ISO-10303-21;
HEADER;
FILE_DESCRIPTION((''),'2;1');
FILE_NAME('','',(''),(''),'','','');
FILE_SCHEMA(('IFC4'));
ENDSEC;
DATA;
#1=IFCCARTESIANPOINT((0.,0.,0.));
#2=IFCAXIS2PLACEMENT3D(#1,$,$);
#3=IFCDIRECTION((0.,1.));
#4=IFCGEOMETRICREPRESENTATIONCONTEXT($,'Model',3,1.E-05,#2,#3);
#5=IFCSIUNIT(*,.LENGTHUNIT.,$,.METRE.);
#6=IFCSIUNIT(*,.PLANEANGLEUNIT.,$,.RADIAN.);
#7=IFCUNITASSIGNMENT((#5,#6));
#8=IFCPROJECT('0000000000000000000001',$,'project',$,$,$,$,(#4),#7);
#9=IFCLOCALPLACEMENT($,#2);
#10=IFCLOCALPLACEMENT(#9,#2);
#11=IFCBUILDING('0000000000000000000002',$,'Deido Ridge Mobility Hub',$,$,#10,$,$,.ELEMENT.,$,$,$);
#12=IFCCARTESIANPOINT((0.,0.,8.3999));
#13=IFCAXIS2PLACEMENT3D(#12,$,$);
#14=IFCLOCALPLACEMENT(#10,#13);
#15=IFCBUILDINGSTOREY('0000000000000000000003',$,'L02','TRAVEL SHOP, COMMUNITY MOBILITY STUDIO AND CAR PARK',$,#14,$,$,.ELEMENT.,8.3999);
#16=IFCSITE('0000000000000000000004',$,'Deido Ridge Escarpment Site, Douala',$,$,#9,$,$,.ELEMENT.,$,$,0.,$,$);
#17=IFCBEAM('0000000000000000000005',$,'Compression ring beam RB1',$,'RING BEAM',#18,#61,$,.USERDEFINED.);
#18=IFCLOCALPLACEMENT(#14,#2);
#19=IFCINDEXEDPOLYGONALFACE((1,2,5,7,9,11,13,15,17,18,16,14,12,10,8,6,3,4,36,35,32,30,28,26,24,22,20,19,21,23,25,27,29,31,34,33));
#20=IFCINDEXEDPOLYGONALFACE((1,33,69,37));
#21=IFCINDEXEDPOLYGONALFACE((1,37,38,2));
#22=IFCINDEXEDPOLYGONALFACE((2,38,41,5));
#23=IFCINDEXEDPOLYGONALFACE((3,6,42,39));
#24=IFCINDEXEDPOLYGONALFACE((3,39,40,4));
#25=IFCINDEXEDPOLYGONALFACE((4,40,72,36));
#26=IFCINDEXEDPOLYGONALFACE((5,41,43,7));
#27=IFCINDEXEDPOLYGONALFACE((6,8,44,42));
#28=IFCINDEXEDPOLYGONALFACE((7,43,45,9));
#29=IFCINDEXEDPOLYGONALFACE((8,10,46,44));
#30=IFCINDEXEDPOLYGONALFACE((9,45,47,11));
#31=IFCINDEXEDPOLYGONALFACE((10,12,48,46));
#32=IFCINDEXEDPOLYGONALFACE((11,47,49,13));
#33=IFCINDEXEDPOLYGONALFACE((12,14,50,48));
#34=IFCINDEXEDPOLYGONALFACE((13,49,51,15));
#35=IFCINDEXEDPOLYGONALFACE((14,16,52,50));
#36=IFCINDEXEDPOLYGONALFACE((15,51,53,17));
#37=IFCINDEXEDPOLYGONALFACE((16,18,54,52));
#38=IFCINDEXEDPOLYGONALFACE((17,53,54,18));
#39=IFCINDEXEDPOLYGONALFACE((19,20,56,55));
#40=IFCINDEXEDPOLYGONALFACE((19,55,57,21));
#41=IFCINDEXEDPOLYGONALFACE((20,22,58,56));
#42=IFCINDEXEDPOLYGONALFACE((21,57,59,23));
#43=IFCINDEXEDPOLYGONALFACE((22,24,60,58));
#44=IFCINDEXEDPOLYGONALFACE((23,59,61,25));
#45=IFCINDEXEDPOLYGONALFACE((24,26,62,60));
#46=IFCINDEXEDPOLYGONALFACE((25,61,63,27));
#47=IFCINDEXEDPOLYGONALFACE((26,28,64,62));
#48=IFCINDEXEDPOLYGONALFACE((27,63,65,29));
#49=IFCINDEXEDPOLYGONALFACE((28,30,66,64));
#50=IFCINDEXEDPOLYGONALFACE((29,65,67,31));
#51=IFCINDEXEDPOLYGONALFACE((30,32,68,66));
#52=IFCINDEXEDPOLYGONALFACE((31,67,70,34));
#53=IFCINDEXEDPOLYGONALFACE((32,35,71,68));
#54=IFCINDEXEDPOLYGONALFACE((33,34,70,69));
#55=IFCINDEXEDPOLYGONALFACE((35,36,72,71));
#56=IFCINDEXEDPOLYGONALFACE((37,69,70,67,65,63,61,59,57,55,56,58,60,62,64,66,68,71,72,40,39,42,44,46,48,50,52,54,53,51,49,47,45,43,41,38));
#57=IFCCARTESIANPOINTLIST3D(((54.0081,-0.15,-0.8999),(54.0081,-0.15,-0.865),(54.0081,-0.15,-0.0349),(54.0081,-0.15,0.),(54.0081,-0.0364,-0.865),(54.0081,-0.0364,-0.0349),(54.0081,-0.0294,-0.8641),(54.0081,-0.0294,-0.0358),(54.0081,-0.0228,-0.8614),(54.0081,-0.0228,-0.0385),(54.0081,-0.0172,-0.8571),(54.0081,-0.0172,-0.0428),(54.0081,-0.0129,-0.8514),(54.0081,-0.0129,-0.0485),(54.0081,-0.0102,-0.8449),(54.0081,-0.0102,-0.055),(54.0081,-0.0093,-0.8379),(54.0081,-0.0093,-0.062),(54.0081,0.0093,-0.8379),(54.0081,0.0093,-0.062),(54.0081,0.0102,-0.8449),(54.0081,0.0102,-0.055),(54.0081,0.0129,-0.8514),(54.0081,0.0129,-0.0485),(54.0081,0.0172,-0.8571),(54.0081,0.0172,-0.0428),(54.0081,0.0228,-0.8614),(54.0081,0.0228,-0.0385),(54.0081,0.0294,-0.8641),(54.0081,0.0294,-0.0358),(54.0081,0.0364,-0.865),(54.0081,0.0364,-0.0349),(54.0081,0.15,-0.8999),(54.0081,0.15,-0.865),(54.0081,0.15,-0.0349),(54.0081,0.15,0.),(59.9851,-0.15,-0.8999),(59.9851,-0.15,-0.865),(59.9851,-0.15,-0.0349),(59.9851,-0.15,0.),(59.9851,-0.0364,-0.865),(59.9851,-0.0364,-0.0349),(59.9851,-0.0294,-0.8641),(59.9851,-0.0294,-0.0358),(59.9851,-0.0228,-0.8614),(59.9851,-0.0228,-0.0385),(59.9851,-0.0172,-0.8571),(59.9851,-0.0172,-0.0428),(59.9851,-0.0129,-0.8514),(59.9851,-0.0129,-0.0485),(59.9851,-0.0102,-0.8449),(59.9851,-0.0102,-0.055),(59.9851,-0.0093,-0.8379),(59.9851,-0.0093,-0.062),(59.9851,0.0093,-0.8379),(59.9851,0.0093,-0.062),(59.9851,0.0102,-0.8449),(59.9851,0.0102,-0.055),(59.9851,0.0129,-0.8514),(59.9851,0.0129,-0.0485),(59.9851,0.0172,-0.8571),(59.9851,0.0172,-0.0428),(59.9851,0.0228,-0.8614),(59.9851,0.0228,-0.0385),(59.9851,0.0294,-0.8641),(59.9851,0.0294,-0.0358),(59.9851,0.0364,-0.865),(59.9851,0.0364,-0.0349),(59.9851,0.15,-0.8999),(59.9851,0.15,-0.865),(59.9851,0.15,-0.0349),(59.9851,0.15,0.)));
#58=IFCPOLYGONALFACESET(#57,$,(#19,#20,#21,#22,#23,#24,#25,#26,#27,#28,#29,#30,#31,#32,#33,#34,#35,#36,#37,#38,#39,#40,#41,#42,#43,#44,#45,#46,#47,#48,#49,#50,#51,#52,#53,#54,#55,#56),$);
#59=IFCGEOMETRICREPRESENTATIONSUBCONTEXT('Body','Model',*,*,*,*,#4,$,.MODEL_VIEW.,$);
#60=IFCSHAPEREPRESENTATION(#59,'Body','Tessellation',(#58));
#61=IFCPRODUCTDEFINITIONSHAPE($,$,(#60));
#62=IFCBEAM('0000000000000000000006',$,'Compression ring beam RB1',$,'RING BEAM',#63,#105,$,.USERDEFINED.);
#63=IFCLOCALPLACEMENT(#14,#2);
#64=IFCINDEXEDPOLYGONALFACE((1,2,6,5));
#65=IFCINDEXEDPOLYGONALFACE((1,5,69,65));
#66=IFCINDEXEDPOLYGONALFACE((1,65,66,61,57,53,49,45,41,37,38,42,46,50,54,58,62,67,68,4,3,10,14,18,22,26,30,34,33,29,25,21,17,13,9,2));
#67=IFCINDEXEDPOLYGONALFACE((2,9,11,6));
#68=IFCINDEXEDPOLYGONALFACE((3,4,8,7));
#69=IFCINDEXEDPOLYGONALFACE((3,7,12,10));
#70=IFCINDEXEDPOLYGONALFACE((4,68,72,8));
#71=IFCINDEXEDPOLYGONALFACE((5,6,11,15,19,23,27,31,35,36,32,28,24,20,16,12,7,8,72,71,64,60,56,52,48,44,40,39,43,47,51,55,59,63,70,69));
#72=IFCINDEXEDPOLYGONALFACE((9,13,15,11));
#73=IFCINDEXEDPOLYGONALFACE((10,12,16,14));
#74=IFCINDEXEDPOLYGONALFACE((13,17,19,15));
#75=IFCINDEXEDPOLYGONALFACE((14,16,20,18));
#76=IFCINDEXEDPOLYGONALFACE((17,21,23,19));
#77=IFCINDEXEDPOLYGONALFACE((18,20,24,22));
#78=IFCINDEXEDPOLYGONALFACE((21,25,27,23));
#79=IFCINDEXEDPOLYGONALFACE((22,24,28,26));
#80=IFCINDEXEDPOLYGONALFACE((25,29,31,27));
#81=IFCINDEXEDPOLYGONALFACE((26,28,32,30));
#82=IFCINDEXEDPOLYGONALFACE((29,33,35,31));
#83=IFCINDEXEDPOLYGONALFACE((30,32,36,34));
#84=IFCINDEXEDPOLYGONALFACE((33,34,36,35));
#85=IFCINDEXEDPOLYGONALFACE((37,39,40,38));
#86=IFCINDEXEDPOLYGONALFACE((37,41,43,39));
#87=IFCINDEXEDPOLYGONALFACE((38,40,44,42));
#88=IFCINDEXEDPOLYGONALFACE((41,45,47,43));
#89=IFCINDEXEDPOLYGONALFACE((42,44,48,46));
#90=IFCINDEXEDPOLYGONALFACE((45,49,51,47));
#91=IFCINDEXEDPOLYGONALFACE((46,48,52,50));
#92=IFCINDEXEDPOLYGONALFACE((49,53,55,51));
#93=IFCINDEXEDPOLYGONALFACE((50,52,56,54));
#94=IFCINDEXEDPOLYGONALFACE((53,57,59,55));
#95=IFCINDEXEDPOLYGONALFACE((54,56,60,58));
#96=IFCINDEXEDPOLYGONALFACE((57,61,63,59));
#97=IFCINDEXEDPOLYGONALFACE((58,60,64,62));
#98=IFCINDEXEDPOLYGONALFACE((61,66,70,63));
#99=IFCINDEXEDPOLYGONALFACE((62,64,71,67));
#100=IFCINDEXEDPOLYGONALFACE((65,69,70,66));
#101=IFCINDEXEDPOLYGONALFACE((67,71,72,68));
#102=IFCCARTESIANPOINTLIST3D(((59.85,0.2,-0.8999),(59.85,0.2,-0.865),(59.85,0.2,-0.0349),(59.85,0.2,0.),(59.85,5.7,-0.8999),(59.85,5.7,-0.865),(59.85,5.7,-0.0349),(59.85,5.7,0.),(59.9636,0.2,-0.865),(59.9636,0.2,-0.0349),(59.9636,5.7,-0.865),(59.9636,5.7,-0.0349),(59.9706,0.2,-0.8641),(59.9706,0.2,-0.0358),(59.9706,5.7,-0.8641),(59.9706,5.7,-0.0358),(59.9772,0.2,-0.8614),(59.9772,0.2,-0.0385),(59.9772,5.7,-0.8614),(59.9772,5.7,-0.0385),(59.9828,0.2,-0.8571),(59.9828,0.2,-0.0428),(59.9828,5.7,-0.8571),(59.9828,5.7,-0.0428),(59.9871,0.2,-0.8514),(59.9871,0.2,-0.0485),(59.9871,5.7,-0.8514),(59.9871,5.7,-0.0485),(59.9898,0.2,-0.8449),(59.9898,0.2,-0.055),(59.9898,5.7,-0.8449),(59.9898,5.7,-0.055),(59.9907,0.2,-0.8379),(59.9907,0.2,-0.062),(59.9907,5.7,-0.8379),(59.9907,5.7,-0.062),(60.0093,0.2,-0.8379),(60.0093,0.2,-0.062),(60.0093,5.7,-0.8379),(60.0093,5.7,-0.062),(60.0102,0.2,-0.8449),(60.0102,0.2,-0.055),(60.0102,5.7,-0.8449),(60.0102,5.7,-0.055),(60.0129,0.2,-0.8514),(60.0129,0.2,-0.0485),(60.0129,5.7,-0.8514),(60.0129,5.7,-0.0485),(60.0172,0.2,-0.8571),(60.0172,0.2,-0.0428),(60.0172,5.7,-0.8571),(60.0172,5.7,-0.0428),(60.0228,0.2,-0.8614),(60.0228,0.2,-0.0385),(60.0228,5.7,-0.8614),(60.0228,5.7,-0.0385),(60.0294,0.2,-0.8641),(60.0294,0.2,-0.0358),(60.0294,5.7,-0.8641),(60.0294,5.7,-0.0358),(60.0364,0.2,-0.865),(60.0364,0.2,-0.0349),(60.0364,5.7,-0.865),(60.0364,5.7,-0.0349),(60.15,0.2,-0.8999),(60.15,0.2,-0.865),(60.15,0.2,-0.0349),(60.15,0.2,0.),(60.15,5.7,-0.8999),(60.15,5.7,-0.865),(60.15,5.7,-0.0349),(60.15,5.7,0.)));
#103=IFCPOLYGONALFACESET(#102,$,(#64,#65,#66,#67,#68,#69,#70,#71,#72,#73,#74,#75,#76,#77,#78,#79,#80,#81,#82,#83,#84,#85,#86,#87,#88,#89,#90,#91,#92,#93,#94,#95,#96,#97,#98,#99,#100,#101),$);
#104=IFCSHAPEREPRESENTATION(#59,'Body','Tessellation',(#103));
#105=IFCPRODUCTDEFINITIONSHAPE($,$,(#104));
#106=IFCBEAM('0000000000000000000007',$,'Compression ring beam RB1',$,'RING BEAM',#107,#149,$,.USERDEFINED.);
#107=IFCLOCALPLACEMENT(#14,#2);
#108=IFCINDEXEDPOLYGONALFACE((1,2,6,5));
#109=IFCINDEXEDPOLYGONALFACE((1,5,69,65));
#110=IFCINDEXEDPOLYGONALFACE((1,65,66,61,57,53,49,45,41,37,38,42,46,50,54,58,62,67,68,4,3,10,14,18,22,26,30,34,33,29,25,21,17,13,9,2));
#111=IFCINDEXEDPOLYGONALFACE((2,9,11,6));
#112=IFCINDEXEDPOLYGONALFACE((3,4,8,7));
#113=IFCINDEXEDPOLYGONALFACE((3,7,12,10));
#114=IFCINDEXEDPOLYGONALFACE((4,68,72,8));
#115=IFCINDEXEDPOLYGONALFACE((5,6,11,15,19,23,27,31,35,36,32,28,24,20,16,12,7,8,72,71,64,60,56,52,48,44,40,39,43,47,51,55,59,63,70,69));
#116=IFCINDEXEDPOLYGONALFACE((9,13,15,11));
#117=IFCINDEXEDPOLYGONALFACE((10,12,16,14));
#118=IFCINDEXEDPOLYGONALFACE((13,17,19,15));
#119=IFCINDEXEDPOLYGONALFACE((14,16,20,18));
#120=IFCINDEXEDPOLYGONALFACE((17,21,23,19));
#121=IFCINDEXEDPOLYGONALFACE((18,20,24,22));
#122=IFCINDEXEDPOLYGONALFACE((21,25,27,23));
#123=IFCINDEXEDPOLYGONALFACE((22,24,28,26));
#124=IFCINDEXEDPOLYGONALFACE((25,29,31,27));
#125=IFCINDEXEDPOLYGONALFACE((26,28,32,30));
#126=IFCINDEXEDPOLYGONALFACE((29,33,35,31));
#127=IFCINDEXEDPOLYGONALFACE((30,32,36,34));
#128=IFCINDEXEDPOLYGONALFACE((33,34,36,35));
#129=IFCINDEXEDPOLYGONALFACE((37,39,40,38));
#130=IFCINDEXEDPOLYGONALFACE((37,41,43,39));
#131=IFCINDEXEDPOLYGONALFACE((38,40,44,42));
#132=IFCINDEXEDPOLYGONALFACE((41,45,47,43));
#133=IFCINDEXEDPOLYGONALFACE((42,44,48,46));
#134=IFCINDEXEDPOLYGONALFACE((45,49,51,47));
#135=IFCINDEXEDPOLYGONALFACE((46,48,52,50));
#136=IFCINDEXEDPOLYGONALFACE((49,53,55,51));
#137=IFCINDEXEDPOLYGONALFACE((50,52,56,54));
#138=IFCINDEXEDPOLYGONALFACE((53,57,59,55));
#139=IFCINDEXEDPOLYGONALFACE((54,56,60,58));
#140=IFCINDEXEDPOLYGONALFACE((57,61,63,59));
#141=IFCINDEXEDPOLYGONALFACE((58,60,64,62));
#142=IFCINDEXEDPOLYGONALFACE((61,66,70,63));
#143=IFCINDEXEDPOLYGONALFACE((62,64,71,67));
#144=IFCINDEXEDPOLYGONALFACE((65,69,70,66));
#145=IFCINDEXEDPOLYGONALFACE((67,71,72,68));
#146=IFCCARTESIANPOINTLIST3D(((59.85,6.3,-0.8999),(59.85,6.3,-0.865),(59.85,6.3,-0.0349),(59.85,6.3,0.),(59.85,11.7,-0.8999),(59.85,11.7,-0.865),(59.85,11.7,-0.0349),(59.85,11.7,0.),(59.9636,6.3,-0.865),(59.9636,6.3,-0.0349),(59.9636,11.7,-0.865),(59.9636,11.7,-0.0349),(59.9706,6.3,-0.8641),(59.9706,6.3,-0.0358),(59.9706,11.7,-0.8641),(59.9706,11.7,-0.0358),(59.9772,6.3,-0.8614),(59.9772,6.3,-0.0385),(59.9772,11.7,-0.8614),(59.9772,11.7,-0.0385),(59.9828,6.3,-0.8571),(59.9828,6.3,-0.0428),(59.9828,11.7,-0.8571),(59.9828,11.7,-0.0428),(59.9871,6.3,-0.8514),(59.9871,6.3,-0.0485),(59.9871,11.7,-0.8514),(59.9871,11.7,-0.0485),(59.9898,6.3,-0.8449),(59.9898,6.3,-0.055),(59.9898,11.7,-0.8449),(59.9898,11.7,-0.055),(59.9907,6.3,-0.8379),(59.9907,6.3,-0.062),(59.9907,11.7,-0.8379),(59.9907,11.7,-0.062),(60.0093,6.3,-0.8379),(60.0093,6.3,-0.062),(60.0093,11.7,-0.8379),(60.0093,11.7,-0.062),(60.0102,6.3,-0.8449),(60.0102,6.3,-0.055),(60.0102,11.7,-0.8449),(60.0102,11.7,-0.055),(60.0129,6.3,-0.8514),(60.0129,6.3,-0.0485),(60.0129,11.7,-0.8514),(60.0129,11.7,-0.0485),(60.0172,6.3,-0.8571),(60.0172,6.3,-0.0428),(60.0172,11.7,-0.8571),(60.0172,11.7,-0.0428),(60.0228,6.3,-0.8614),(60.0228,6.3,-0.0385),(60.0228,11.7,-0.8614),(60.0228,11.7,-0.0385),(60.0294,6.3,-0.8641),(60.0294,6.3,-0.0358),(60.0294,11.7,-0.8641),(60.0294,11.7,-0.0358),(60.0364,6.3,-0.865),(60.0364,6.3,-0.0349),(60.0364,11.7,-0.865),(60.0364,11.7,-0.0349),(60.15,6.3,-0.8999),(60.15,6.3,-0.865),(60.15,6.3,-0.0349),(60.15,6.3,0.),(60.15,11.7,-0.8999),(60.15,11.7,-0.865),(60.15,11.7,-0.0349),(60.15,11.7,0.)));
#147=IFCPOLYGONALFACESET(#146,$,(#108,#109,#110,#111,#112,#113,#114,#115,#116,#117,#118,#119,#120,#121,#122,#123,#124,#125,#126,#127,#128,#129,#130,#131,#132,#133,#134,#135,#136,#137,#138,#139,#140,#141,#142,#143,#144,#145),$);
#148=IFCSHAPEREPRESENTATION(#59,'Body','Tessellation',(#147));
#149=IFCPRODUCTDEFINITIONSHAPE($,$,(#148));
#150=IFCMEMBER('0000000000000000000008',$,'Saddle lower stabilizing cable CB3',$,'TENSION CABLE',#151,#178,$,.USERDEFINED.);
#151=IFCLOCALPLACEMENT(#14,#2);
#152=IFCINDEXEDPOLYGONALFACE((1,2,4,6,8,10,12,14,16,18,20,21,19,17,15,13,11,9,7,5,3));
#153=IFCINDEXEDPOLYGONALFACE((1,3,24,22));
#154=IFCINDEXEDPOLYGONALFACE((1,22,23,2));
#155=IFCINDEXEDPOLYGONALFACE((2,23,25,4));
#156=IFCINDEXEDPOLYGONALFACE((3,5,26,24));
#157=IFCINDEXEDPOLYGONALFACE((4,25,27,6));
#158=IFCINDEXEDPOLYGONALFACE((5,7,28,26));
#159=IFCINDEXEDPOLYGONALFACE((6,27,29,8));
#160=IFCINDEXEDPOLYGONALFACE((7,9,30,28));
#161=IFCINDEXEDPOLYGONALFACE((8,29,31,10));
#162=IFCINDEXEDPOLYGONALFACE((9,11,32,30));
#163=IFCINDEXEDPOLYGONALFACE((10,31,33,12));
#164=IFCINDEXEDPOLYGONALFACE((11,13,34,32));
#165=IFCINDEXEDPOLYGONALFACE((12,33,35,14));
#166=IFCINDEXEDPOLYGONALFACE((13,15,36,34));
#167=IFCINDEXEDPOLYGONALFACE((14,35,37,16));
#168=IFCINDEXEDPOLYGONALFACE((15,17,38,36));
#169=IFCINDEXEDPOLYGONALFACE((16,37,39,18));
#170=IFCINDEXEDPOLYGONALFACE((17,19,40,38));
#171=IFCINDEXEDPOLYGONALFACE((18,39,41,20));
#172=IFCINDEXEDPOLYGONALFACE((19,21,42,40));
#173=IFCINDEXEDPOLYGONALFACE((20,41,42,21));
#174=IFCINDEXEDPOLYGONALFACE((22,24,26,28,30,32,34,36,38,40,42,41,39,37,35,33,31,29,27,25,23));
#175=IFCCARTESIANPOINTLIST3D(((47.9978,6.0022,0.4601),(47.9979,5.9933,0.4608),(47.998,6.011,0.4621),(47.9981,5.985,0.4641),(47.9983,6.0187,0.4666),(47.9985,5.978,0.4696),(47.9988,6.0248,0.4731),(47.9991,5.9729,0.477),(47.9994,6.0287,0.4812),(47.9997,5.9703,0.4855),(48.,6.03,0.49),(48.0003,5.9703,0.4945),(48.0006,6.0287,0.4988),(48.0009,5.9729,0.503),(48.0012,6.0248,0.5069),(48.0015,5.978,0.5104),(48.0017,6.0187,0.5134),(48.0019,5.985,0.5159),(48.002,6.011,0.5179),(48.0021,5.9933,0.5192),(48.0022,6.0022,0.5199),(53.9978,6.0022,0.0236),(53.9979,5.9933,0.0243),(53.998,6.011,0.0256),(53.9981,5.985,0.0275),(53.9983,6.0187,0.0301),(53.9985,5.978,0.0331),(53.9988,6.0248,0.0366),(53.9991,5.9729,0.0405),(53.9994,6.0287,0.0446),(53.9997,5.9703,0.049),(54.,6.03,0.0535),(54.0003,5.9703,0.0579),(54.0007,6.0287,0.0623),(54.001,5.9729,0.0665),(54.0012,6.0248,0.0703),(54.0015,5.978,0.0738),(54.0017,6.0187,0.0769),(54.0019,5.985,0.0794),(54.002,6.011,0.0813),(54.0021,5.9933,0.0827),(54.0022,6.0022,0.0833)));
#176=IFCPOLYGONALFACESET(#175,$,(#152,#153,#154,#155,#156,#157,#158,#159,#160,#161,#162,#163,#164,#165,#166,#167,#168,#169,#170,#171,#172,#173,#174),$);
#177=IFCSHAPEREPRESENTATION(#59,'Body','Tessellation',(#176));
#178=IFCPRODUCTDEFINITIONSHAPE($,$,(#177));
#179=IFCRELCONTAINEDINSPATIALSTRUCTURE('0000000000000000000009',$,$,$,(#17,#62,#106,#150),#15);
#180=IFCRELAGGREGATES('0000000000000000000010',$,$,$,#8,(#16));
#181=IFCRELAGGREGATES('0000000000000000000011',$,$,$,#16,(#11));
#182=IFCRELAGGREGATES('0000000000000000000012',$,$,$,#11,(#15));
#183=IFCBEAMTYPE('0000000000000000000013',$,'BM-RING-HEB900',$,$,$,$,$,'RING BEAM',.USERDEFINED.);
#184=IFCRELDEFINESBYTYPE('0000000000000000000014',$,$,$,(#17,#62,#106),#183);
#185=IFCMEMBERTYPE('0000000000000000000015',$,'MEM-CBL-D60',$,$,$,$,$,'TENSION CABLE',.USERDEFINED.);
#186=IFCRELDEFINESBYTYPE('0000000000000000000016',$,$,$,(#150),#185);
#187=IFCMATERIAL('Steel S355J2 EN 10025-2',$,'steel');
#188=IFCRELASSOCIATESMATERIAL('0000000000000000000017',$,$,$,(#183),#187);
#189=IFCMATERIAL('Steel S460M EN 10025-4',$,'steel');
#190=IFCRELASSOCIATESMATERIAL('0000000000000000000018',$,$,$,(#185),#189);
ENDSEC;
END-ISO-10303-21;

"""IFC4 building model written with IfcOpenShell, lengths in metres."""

from ifc_helpers import new_model, si_unit, direction, frame, origin, origin_2d, place, context, subcontext, project, spatial, circle, i_section, extrude, material, material_profile, profile_set, type_object, element, save


model = new_model("IFC4")

# Units and contexts
model_context = context("Model", 3, precision=1e-05, world=origin(), true_north=direction((0.0, 1.0)))
body_context = subcontext(model_context, "Body", "Model", "MODEL_VIEW")
ifc_project = project(units=[si_unit("LENGTHUNIT", "METRE"), si_unit("PLANEANGLEUNIT", "RADIAN")], contexts=[model_context])

# Site, building, storey
site_placement = place(None, origin())
site = spatial("IfcSite", under=ifc_project, at=site_placement, Name="Deido Ridge Escarpment Site, Douala", CompositionType="ELEMENT", RefElevation=0.0)
building_placement = place(site_placement, origin())
building = spatial("IfcBuilding", under=site, at=building_placement, Name="Deido Ridge Mobility Hub", CompositionType="ELEMENT")
storey_placement = place(building_placement, frame((0.0, 0.0, 8.3999)))
storey = spatial("IfcBuildingStorey", under=building, at=storey_placement, Name="L02", Description="TRAVEL SHOP, COMMUNITY MOBILITY STUDIO AND CAR PARK", CompositionType="ELEMENT", Elevation=8.3999)

# Beams
ifc_material_1 = material(Name="Steel S355J2 EN 10025-2", Category="steel")
ifc_material_profile_1 = material_profile(ifc_material_1, i_section(OverallWidth=0.3, OverallDepth=0.8999, WebThickness=0.0186, FlangeThickness=0.0349, FilletRadius=0.0271, at=origin_2d()), Name="HEB 900")
ifc_profile_set_1 = profile_set([ifc_material_profile_1], Name="Steel S355J2 EN 10025-2")
beam_type_1 = type_object("IfcBeamType", Name="BM-RING-HEB900", ElementType="RING BEAM", PredefinedType="USERDEFINED", material=ifc_profile_set_1)
beam_1_placement = place(storey_placement, frame((54.0081, 0.0, -0.45), z_axis=(1.0, 0.0, 0.0), x_axis=(0.0, 1.0, 0.0)))
element("IfcBeam", 1, at=beam_1_placement, inside=storey, type_object=beam_type_1, Name="Compression ring beam RB1", ObjectType="RING BEAM", PredefinedType="USERDEFINED", context=body_context, shape_type="SweptSolid", body=[
    extrude(i_section(OverallWidth=0.3, OverallDepth=0.8999, WebThickness=0.0186, FlangeThickness=0.0349, FilletRadius=0.0271, at=origin_2d()), origin(), (0.0, 0.0, 1.0), 5.9771),
])
beam_2_placement = place(storey_placement, frame((60.0, 0.2, -0.45), z_axis=(0.0, 1.0, 0.0), x_axis=(-1.0, 0.0, 0.0)))
element("IfcBeam", 2, at=beam_2_placement, inside=storey, type_object=beam_type_1, Name="Compression ring beam RB1", ObjectType="RING BEAM", PredefinedType="USERDEFINED", context=body_context, shape_type="SweptSolid", body=[
    extrude(i_section(OverallWidth=0.3, OverallDepth=0.8999, WebThickness=0.0186, FlangeThickness=0.0349, FilletRadius=0.0271, at=origin_2d()), origin(), (0.0, 0.0, 1.0), 5.5),
])
beam_3_placement = place(storey_placement, frame((60.0, 6.3, -0.45), z_axis=(0.0, 1.0, 0.0), x_axis=(-1.0, 0.0, 0.0)))
element("IfcBeam", 3, at=beam_3_placement, inside=storey, type_object=beam_type_1, Name="Compression ring beam RB1", ObjectType="RING BEAM", PredefinedType="USERDEFINED", context=body_context, shape_type="SweptSolid", body=[
    extrude(i_section(OverallWidth=0.3, OverallDepth=0.8999, WebThickness=0.0186, FlangeThickness=0.0349, FilletRadius=0.0271, at=origin_2d()), origin(), (0.0, 0.0, 1.0), 5.3999),
])

# Member
ifc_material_2 = material(Name="Steel S460M EN 10025-4", Category="steel")
ifc_material_profile_2 = material_profile(ifc_material_2, circle(Radius=0.03, at=origin_2d()), Name="CABLE D60")
ifc_profile_set_2 = profile_set([ifc_material_profile_2], Name="Steel S460M EN 10025-4")
member_type_1 = type_object("IfcMemberType", Name="MEM-CBL-D60", ElementType="TENSION CABLE", PredefinedType="USERDEFINED", material=ifc_profile_set_2)
member_1_placement = place(storey_placement, frame((48.0, 6.0, 0.49), z_axis=(0.997364, 0.0, -0.072562), x_axis=(0.0, 1.0, 0.0)))
element("IfcMember", 4, at=member_1_placement, inside=storey, type_object=member_type_1, Name="Saddle lower stabilizing cable CB3", ObjectType="TENSION CABLE", PredefinedType="USERDEFINED", context=body_context, shape_type="SweptSolid", body=[
    extrude(circle(Radius=0.03, at=origin_2d()), origin(), (0.0, 0.0, 1.0), 6.0159),
])

save(model, "model.ifc")
